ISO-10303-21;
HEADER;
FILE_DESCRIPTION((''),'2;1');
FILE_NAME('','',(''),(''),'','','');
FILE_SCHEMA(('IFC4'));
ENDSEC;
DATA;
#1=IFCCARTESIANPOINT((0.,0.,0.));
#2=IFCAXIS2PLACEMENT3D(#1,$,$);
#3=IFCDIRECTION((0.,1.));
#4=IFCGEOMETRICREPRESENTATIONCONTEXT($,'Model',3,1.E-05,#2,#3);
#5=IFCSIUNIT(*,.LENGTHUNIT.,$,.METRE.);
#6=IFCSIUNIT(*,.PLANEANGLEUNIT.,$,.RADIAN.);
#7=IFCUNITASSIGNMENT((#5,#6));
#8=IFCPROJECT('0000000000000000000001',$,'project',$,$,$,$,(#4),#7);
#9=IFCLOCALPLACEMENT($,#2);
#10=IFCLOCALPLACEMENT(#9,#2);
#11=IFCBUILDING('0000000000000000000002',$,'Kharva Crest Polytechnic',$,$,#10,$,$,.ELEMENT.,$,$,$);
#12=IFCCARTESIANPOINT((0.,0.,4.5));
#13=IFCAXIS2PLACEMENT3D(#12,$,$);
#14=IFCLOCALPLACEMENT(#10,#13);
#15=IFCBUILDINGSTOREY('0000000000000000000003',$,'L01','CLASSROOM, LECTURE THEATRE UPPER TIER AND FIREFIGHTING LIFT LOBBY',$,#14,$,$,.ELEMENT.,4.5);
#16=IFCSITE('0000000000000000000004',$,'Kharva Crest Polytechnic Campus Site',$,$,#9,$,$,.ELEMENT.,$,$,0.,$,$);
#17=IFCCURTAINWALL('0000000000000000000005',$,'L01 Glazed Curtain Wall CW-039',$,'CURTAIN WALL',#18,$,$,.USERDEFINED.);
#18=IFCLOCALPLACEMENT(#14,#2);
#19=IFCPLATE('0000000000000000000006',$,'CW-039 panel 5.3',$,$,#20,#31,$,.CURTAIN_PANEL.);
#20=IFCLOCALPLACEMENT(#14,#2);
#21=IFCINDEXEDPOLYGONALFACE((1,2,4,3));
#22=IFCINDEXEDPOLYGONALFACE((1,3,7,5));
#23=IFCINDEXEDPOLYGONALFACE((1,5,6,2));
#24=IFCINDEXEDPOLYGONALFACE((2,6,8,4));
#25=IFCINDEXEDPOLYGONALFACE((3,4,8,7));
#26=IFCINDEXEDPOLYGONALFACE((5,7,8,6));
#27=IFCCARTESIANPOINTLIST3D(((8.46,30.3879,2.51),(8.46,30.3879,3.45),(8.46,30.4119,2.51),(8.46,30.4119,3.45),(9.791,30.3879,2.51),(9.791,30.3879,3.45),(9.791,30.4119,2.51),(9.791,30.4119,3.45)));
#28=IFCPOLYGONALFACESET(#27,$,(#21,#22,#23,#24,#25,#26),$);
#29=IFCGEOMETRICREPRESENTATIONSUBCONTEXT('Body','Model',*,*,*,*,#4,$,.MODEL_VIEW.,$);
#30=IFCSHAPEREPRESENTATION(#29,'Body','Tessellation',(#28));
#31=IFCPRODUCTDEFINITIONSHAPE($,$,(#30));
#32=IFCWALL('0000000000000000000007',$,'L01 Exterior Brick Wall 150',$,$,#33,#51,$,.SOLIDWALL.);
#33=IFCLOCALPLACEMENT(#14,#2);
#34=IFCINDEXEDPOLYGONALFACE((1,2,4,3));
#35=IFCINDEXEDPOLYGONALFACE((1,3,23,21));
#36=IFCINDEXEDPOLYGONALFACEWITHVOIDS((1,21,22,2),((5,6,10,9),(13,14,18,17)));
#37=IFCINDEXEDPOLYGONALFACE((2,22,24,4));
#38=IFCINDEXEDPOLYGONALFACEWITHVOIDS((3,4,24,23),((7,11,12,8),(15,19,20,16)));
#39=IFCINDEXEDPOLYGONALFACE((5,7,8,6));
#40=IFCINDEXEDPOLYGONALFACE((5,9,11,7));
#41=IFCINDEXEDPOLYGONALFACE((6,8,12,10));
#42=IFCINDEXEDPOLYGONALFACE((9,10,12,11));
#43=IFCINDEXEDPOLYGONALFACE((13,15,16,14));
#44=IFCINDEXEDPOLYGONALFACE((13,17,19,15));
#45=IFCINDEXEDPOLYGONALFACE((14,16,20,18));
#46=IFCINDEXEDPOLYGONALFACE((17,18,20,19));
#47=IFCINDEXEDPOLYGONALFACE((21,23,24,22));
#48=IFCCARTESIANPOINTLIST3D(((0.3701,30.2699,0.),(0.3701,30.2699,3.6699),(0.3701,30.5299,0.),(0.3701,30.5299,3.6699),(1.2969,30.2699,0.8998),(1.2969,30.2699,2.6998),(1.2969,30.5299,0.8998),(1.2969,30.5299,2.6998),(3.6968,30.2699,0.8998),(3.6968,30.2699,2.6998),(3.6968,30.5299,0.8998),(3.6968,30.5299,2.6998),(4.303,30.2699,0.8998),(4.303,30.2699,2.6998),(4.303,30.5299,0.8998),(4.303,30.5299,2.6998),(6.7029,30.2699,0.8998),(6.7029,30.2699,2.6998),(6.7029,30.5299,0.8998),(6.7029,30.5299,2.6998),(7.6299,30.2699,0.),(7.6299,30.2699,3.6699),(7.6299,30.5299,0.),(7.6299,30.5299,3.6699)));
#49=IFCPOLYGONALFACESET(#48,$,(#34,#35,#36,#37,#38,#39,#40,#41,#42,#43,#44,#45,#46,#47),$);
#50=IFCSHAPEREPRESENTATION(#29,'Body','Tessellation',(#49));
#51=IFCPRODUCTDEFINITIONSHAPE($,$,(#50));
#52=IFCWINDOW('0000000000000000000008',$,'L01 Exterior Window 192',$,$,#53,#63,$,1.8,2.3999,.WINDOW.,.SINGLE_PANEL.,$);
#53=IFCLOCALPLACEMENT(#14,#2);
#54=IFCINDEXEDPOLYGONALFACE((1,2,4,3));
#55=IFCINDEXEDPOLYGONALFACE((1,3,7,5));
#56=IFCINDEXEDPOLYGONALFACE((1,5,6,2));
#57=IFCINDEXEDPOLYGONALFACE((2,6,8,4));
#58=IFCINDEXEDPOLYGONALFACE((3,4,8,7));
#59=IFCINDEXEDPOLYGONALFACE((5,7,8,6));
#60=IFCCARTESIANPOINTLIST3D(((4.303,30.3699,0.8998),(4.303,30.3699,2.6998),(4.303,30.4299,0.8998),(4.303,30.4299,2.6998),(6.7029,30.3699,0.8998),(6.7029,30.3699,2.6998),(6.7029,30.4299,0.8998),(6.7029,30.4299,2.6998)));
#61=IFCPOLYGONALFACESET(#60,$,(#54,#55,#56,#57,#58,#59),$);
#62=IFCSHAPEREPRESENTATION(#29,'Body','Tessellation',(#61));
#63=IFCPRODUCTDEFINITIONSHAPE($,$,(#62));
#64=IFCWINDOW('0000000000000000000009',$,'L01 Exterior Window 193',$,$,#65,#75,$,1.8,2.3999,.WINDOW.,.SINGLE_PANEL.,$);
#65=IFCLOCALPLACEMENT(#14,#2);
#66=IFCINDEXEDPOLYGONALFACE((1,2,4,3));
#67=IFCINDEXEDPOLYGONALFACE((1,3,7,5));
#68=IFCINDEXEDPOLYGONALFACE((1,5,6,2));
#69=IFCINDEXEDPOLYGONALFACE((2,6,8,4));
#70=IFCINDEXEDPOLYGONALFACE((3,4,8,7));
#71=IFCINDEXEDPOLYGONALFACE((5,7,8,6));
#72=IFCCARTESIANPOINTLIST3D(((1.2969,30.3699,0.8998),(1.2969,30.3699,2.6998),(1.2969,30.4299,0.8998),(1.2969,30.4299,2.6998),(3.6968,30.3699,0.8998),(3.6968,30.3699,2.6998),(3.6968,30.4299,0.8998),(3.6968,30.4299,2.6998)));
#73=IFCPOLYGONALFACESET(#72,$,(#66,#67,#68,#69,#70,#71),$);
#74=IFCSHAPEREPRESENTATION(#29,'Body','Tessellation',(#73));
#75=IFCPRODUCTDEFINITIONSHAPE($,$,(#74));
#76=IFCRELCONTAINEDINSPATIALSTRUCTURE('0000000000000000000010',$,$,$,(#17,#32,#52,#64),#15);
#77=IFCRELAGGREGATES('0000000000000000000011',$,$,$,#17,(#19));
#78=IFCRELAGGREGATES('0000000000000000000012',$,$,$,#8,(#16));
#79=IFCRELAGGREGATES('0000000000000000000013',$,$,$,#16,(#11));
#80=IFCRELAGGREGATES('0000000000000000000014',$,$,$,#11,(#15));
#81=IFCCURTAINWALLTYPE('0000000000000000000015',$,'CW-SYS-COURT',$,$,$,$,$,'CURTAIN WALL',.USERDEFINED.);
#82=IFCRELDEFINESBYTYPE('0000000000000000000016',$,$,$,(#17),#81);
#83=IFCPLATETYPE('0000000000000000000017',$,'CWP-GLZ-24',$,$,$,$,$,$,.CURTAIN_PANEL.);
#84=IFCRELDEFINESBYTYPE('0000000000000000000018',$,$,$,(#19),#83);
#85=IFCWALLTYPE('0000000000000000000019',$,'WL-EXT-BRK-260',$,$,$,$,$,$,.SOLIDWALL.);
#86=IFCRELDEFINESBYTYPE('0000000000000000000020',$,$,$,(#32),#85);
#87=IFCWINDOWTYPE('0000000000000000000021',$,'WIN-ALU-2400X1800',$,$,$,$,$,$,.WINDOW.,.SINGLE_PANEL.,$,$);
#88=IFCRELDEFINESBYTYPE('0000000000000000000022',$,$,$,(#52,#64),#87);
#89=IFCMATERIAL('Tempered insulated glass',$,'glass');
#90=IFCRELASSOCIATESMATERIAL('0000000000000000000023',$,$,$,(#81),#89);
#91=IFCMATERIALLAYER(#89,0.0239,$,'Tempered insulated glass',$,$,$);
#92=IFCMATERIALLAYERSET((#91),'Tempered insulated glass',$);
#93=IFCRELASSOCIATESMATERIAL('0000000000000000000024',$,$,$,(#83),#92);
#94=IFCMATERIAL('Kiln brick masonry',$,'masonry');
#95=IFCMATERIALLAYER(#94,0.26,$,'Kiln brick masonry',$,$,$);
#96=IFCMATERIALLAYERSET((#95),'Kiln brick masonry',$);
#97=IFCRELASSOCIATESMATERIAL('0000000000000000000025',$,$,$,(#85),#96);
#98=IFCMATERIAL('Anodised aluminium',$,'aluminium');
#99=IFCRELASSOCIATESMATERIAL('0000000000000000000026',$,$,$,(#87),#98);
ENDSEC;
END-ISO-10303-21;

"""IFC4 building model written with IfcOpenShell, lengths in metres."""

from ifc_helpers import new_model, si_unit, direction, frame, frame_2d, origin, origin_2d, place, context, subcontext, project, spatial, rectangle, extrude, material, layer, layer_set, type_object, element, fill, aggregate, save


model = new_model("IFC4")

# Units and contexts
model_context = context("Model", 3, precision=1e-05, world=origin(), true_north=direction((0.0, 1.0)))
body_context = subcontext(model_context, "Body", "Model", "MODEL_VIEW")
ifc_project = project(units=[si_unit("LENGTHUNIT", "METRE"), si_unit("PLANEANGLEUNIT", "RADIAN")], contexts=[model_context])

# Site, building, storey
site_placement = place(None, origin())
site = spatial("IfcSite", under=ifc_project, at=site_placement, Name="Kharva Crest Polytechnic Campus Site", CompositionType="ELEMENT", RefElevation=0.0)
building_placement = place(site_placement, origin())
building = spatial("IfcBuilding", under=site, at=building_placement, Name="Kharva Crest Polytechnic", CompositionType="ELEMENT")
storey_placement = place(building_placement, frame((0.0, 0.0, 4.5)))
storey = spatial("IfcBuildingStorey", under=building, at=storey_placement, Name="L01", Description="CLASSROOM, LECTURE THEATRE UPPER TIER AND FIREFIGHTING LIFT LOBBY", CompositionType="ELEMENT", Elevation=4.5)

# Curtain wall
ifc_material_1 = material(Name="Tempered insulated glass", Category="glass")
curtain_wall_type = type_object("IfcCurtainWallType", Name="CW-SYS-COURT", ElementType="CURTAIN WALL", PredefinedType="USERDEFINED", material=ifc_material_1)
curtain_wall_placement = place(storey_placement, origin())
curtain_wall = element("IfcCurtainWall", 1, at=curtain_wall_placement, inside=storey, type_object=curtain_wall_type, Name="L01 Glazed Curtain Wall CW-039", ObjectType="CURTAIN WALL", PredefinedType="USERDEFINED")

# Plate
ifc_layer_1 = layer(ifc_material_1, 0.0239, Name="Tempered insulated glass")
ifc_layer_set_1 = layer_set([ifc_layer_1], Name="Tempered insulated glass")
plate_type = type_object("IfcPlateType", Name="CWP-GLZ-24", PredefinedType="CURTAIN_PANEL", material=ifc_layer_set_1)
plate_1_placement = place(storey_placement, frame((9.1255, 30.3999, 2.51), z_axis=(0.0, 0.0, 1.0), x_axis=(-1.0, 0.0, 0.0)))
plate_1 = element("IfcPlate", 2, at=plate_1_placement, type_object=plate_type, Name="CW-039 panel 5.3", PredefinedType="CURTAIN_PANEL", context=body_context, shape_type="SweptSolid", body=[
    extrude(rectangle(XDim=1.3311, YDim=0.0239, at=origin_2d()), origin(), (0.0, 0.0, 1.0), 0.9399),
])
aggregate(curtain_wall, [plate_1])

# Wall, openings, windows
ifc_material_2 = material(Name="Kiln brick masonry", Category="masonry")
ifc_layer_2 = layer(ifc_material_2, 0.26, Name="Kiln brick masonry")
ifc_layer_set_2 = layer_set([ifc_layer_2], Name="Kiln brick masonry")
wall_type = type_object("IfcWallType", Name="WL-EXT-BRK-260", PredefinedType="SOLIDWALL", material=ifc_layer_set_2)
wall_placement = place(storey_placement, frame((7.6299, 30.3999, 0.0), z_axis=(0.0, 0.0, 1.0), x_axis=(-1.0, 0.0, 0.0)))
wall = element("IfcWall", 3, at=wall_placement, inside=storey, type_object=wall_type, Name="L01 Exterior Brick Wall 150", PredefinedType="SOLIDWALL", context=body_context, shape_type="SweptSolid", body=[
    extrude(rectangle(XDim=7.2598, YDim=0.26, at=frame_2d((3.6299, 0.0))), origin(), (0.0, 0.0, 1.0), 3.6699),
])
opening_1_placement = place(wall_placement, frame((0.927, 0.0, 0.8999)))
opening_1 = element("IfcOpeningElement", 4, at=opening_1_placement, cuts=wall, PredefinedType="OPENING", context=body_context, shape_type="SweptSolid", body=[
    extrude(rectangle(XDim=2.3999, YDim=1.8, at=frame_2d((1.2, 0.8999))), frame((0.0, 0.1399, 0.0), z_axis=(0.0, -1.0, 0.0), x_axis=(1.0, 0.0, 0.0)), (0.0, 0.0, 1.0), 0.28),
])
opening_2_placement = place(wall_placement, frame((3.9331, 0.0, 0.8999)))
opening_2 = element("IfcOpeningElement", 5, at=opening_2_placement, cuts=wall, PredefinedType="OPENING", context=body_context, shape_type="SweptSolid", body=[
    extrude(rectangle(XDim=2.3999, YDim=1.8, at=frame_2d((1.2, 0.8999))), frame((0.0, 0.1399, 0.0), z_axis=(0.0, -1.0, 0.0), x_axis=(1.0, 0.0, 0.0)), (0.0, 0.0, 1.0), 0.28),
])
ifc_material_3 = material(Name="Anodised aluminium", Category="aluminium")
window_type = type_object("IfcWindowType", Name="WIN-ALU-2400X1800", PartitioningType="SINGLE_PANEL", PredefinedType="WINDOW", material=ifc_material_3)
window_1_placement = place(opening_1_placement, origin())
window_1 = element("IfcWindow", 6, at=window_1_placement, inside=storey, type_object=window_type, Name="L01 Exterior Window 192", OverallHeight=1.8, OverallWidth=2.3999, PartitioningType="SINGLE_PANEL", PredefinedType="WINDOW", context=body_context, shape_type="SweptSolid", body=[
    extrude(rectangle(XDim=2.3999, YDim=1.8, at=frame_2d((1.2, 0.8999))), frame((0.0, 0.03, 0.0), z_axis=(0.0, -1.0, 0.0), x_axis=(1.0, 0.0, 0.0)), (0.0, 0.0, 1.0), 0.0601),
])
fill(opening_1, window_1)
window_2_placement = place(opening_2_placement, origin())
window_2 = element("IfcWindow", 7, at=window_2_placement, inside=storey, type_object=window_type, Name="L01 Exterior Window 193", OverallHeight=1.8, OverallWidth=2.3999, PartitioningType="SINGLE_PANEL", PredefinedType="WINDOW", context=body_context, shape_type="SweptSolid", body=[
    extrude(rectangle(XDim=2.3999, YDim=1.8, at=frame_2d((1.2, 0.8999))), frame((0.0, 0.03, 0.0), z_axis=(0.0, -1.0, 0.0), x_axis=(1.0, 0.0, 0.0)), (0.0, 0.0, 1.0), 0.0601),
])
fill(opening_2, window_2)

save(model, "model.ifc")
